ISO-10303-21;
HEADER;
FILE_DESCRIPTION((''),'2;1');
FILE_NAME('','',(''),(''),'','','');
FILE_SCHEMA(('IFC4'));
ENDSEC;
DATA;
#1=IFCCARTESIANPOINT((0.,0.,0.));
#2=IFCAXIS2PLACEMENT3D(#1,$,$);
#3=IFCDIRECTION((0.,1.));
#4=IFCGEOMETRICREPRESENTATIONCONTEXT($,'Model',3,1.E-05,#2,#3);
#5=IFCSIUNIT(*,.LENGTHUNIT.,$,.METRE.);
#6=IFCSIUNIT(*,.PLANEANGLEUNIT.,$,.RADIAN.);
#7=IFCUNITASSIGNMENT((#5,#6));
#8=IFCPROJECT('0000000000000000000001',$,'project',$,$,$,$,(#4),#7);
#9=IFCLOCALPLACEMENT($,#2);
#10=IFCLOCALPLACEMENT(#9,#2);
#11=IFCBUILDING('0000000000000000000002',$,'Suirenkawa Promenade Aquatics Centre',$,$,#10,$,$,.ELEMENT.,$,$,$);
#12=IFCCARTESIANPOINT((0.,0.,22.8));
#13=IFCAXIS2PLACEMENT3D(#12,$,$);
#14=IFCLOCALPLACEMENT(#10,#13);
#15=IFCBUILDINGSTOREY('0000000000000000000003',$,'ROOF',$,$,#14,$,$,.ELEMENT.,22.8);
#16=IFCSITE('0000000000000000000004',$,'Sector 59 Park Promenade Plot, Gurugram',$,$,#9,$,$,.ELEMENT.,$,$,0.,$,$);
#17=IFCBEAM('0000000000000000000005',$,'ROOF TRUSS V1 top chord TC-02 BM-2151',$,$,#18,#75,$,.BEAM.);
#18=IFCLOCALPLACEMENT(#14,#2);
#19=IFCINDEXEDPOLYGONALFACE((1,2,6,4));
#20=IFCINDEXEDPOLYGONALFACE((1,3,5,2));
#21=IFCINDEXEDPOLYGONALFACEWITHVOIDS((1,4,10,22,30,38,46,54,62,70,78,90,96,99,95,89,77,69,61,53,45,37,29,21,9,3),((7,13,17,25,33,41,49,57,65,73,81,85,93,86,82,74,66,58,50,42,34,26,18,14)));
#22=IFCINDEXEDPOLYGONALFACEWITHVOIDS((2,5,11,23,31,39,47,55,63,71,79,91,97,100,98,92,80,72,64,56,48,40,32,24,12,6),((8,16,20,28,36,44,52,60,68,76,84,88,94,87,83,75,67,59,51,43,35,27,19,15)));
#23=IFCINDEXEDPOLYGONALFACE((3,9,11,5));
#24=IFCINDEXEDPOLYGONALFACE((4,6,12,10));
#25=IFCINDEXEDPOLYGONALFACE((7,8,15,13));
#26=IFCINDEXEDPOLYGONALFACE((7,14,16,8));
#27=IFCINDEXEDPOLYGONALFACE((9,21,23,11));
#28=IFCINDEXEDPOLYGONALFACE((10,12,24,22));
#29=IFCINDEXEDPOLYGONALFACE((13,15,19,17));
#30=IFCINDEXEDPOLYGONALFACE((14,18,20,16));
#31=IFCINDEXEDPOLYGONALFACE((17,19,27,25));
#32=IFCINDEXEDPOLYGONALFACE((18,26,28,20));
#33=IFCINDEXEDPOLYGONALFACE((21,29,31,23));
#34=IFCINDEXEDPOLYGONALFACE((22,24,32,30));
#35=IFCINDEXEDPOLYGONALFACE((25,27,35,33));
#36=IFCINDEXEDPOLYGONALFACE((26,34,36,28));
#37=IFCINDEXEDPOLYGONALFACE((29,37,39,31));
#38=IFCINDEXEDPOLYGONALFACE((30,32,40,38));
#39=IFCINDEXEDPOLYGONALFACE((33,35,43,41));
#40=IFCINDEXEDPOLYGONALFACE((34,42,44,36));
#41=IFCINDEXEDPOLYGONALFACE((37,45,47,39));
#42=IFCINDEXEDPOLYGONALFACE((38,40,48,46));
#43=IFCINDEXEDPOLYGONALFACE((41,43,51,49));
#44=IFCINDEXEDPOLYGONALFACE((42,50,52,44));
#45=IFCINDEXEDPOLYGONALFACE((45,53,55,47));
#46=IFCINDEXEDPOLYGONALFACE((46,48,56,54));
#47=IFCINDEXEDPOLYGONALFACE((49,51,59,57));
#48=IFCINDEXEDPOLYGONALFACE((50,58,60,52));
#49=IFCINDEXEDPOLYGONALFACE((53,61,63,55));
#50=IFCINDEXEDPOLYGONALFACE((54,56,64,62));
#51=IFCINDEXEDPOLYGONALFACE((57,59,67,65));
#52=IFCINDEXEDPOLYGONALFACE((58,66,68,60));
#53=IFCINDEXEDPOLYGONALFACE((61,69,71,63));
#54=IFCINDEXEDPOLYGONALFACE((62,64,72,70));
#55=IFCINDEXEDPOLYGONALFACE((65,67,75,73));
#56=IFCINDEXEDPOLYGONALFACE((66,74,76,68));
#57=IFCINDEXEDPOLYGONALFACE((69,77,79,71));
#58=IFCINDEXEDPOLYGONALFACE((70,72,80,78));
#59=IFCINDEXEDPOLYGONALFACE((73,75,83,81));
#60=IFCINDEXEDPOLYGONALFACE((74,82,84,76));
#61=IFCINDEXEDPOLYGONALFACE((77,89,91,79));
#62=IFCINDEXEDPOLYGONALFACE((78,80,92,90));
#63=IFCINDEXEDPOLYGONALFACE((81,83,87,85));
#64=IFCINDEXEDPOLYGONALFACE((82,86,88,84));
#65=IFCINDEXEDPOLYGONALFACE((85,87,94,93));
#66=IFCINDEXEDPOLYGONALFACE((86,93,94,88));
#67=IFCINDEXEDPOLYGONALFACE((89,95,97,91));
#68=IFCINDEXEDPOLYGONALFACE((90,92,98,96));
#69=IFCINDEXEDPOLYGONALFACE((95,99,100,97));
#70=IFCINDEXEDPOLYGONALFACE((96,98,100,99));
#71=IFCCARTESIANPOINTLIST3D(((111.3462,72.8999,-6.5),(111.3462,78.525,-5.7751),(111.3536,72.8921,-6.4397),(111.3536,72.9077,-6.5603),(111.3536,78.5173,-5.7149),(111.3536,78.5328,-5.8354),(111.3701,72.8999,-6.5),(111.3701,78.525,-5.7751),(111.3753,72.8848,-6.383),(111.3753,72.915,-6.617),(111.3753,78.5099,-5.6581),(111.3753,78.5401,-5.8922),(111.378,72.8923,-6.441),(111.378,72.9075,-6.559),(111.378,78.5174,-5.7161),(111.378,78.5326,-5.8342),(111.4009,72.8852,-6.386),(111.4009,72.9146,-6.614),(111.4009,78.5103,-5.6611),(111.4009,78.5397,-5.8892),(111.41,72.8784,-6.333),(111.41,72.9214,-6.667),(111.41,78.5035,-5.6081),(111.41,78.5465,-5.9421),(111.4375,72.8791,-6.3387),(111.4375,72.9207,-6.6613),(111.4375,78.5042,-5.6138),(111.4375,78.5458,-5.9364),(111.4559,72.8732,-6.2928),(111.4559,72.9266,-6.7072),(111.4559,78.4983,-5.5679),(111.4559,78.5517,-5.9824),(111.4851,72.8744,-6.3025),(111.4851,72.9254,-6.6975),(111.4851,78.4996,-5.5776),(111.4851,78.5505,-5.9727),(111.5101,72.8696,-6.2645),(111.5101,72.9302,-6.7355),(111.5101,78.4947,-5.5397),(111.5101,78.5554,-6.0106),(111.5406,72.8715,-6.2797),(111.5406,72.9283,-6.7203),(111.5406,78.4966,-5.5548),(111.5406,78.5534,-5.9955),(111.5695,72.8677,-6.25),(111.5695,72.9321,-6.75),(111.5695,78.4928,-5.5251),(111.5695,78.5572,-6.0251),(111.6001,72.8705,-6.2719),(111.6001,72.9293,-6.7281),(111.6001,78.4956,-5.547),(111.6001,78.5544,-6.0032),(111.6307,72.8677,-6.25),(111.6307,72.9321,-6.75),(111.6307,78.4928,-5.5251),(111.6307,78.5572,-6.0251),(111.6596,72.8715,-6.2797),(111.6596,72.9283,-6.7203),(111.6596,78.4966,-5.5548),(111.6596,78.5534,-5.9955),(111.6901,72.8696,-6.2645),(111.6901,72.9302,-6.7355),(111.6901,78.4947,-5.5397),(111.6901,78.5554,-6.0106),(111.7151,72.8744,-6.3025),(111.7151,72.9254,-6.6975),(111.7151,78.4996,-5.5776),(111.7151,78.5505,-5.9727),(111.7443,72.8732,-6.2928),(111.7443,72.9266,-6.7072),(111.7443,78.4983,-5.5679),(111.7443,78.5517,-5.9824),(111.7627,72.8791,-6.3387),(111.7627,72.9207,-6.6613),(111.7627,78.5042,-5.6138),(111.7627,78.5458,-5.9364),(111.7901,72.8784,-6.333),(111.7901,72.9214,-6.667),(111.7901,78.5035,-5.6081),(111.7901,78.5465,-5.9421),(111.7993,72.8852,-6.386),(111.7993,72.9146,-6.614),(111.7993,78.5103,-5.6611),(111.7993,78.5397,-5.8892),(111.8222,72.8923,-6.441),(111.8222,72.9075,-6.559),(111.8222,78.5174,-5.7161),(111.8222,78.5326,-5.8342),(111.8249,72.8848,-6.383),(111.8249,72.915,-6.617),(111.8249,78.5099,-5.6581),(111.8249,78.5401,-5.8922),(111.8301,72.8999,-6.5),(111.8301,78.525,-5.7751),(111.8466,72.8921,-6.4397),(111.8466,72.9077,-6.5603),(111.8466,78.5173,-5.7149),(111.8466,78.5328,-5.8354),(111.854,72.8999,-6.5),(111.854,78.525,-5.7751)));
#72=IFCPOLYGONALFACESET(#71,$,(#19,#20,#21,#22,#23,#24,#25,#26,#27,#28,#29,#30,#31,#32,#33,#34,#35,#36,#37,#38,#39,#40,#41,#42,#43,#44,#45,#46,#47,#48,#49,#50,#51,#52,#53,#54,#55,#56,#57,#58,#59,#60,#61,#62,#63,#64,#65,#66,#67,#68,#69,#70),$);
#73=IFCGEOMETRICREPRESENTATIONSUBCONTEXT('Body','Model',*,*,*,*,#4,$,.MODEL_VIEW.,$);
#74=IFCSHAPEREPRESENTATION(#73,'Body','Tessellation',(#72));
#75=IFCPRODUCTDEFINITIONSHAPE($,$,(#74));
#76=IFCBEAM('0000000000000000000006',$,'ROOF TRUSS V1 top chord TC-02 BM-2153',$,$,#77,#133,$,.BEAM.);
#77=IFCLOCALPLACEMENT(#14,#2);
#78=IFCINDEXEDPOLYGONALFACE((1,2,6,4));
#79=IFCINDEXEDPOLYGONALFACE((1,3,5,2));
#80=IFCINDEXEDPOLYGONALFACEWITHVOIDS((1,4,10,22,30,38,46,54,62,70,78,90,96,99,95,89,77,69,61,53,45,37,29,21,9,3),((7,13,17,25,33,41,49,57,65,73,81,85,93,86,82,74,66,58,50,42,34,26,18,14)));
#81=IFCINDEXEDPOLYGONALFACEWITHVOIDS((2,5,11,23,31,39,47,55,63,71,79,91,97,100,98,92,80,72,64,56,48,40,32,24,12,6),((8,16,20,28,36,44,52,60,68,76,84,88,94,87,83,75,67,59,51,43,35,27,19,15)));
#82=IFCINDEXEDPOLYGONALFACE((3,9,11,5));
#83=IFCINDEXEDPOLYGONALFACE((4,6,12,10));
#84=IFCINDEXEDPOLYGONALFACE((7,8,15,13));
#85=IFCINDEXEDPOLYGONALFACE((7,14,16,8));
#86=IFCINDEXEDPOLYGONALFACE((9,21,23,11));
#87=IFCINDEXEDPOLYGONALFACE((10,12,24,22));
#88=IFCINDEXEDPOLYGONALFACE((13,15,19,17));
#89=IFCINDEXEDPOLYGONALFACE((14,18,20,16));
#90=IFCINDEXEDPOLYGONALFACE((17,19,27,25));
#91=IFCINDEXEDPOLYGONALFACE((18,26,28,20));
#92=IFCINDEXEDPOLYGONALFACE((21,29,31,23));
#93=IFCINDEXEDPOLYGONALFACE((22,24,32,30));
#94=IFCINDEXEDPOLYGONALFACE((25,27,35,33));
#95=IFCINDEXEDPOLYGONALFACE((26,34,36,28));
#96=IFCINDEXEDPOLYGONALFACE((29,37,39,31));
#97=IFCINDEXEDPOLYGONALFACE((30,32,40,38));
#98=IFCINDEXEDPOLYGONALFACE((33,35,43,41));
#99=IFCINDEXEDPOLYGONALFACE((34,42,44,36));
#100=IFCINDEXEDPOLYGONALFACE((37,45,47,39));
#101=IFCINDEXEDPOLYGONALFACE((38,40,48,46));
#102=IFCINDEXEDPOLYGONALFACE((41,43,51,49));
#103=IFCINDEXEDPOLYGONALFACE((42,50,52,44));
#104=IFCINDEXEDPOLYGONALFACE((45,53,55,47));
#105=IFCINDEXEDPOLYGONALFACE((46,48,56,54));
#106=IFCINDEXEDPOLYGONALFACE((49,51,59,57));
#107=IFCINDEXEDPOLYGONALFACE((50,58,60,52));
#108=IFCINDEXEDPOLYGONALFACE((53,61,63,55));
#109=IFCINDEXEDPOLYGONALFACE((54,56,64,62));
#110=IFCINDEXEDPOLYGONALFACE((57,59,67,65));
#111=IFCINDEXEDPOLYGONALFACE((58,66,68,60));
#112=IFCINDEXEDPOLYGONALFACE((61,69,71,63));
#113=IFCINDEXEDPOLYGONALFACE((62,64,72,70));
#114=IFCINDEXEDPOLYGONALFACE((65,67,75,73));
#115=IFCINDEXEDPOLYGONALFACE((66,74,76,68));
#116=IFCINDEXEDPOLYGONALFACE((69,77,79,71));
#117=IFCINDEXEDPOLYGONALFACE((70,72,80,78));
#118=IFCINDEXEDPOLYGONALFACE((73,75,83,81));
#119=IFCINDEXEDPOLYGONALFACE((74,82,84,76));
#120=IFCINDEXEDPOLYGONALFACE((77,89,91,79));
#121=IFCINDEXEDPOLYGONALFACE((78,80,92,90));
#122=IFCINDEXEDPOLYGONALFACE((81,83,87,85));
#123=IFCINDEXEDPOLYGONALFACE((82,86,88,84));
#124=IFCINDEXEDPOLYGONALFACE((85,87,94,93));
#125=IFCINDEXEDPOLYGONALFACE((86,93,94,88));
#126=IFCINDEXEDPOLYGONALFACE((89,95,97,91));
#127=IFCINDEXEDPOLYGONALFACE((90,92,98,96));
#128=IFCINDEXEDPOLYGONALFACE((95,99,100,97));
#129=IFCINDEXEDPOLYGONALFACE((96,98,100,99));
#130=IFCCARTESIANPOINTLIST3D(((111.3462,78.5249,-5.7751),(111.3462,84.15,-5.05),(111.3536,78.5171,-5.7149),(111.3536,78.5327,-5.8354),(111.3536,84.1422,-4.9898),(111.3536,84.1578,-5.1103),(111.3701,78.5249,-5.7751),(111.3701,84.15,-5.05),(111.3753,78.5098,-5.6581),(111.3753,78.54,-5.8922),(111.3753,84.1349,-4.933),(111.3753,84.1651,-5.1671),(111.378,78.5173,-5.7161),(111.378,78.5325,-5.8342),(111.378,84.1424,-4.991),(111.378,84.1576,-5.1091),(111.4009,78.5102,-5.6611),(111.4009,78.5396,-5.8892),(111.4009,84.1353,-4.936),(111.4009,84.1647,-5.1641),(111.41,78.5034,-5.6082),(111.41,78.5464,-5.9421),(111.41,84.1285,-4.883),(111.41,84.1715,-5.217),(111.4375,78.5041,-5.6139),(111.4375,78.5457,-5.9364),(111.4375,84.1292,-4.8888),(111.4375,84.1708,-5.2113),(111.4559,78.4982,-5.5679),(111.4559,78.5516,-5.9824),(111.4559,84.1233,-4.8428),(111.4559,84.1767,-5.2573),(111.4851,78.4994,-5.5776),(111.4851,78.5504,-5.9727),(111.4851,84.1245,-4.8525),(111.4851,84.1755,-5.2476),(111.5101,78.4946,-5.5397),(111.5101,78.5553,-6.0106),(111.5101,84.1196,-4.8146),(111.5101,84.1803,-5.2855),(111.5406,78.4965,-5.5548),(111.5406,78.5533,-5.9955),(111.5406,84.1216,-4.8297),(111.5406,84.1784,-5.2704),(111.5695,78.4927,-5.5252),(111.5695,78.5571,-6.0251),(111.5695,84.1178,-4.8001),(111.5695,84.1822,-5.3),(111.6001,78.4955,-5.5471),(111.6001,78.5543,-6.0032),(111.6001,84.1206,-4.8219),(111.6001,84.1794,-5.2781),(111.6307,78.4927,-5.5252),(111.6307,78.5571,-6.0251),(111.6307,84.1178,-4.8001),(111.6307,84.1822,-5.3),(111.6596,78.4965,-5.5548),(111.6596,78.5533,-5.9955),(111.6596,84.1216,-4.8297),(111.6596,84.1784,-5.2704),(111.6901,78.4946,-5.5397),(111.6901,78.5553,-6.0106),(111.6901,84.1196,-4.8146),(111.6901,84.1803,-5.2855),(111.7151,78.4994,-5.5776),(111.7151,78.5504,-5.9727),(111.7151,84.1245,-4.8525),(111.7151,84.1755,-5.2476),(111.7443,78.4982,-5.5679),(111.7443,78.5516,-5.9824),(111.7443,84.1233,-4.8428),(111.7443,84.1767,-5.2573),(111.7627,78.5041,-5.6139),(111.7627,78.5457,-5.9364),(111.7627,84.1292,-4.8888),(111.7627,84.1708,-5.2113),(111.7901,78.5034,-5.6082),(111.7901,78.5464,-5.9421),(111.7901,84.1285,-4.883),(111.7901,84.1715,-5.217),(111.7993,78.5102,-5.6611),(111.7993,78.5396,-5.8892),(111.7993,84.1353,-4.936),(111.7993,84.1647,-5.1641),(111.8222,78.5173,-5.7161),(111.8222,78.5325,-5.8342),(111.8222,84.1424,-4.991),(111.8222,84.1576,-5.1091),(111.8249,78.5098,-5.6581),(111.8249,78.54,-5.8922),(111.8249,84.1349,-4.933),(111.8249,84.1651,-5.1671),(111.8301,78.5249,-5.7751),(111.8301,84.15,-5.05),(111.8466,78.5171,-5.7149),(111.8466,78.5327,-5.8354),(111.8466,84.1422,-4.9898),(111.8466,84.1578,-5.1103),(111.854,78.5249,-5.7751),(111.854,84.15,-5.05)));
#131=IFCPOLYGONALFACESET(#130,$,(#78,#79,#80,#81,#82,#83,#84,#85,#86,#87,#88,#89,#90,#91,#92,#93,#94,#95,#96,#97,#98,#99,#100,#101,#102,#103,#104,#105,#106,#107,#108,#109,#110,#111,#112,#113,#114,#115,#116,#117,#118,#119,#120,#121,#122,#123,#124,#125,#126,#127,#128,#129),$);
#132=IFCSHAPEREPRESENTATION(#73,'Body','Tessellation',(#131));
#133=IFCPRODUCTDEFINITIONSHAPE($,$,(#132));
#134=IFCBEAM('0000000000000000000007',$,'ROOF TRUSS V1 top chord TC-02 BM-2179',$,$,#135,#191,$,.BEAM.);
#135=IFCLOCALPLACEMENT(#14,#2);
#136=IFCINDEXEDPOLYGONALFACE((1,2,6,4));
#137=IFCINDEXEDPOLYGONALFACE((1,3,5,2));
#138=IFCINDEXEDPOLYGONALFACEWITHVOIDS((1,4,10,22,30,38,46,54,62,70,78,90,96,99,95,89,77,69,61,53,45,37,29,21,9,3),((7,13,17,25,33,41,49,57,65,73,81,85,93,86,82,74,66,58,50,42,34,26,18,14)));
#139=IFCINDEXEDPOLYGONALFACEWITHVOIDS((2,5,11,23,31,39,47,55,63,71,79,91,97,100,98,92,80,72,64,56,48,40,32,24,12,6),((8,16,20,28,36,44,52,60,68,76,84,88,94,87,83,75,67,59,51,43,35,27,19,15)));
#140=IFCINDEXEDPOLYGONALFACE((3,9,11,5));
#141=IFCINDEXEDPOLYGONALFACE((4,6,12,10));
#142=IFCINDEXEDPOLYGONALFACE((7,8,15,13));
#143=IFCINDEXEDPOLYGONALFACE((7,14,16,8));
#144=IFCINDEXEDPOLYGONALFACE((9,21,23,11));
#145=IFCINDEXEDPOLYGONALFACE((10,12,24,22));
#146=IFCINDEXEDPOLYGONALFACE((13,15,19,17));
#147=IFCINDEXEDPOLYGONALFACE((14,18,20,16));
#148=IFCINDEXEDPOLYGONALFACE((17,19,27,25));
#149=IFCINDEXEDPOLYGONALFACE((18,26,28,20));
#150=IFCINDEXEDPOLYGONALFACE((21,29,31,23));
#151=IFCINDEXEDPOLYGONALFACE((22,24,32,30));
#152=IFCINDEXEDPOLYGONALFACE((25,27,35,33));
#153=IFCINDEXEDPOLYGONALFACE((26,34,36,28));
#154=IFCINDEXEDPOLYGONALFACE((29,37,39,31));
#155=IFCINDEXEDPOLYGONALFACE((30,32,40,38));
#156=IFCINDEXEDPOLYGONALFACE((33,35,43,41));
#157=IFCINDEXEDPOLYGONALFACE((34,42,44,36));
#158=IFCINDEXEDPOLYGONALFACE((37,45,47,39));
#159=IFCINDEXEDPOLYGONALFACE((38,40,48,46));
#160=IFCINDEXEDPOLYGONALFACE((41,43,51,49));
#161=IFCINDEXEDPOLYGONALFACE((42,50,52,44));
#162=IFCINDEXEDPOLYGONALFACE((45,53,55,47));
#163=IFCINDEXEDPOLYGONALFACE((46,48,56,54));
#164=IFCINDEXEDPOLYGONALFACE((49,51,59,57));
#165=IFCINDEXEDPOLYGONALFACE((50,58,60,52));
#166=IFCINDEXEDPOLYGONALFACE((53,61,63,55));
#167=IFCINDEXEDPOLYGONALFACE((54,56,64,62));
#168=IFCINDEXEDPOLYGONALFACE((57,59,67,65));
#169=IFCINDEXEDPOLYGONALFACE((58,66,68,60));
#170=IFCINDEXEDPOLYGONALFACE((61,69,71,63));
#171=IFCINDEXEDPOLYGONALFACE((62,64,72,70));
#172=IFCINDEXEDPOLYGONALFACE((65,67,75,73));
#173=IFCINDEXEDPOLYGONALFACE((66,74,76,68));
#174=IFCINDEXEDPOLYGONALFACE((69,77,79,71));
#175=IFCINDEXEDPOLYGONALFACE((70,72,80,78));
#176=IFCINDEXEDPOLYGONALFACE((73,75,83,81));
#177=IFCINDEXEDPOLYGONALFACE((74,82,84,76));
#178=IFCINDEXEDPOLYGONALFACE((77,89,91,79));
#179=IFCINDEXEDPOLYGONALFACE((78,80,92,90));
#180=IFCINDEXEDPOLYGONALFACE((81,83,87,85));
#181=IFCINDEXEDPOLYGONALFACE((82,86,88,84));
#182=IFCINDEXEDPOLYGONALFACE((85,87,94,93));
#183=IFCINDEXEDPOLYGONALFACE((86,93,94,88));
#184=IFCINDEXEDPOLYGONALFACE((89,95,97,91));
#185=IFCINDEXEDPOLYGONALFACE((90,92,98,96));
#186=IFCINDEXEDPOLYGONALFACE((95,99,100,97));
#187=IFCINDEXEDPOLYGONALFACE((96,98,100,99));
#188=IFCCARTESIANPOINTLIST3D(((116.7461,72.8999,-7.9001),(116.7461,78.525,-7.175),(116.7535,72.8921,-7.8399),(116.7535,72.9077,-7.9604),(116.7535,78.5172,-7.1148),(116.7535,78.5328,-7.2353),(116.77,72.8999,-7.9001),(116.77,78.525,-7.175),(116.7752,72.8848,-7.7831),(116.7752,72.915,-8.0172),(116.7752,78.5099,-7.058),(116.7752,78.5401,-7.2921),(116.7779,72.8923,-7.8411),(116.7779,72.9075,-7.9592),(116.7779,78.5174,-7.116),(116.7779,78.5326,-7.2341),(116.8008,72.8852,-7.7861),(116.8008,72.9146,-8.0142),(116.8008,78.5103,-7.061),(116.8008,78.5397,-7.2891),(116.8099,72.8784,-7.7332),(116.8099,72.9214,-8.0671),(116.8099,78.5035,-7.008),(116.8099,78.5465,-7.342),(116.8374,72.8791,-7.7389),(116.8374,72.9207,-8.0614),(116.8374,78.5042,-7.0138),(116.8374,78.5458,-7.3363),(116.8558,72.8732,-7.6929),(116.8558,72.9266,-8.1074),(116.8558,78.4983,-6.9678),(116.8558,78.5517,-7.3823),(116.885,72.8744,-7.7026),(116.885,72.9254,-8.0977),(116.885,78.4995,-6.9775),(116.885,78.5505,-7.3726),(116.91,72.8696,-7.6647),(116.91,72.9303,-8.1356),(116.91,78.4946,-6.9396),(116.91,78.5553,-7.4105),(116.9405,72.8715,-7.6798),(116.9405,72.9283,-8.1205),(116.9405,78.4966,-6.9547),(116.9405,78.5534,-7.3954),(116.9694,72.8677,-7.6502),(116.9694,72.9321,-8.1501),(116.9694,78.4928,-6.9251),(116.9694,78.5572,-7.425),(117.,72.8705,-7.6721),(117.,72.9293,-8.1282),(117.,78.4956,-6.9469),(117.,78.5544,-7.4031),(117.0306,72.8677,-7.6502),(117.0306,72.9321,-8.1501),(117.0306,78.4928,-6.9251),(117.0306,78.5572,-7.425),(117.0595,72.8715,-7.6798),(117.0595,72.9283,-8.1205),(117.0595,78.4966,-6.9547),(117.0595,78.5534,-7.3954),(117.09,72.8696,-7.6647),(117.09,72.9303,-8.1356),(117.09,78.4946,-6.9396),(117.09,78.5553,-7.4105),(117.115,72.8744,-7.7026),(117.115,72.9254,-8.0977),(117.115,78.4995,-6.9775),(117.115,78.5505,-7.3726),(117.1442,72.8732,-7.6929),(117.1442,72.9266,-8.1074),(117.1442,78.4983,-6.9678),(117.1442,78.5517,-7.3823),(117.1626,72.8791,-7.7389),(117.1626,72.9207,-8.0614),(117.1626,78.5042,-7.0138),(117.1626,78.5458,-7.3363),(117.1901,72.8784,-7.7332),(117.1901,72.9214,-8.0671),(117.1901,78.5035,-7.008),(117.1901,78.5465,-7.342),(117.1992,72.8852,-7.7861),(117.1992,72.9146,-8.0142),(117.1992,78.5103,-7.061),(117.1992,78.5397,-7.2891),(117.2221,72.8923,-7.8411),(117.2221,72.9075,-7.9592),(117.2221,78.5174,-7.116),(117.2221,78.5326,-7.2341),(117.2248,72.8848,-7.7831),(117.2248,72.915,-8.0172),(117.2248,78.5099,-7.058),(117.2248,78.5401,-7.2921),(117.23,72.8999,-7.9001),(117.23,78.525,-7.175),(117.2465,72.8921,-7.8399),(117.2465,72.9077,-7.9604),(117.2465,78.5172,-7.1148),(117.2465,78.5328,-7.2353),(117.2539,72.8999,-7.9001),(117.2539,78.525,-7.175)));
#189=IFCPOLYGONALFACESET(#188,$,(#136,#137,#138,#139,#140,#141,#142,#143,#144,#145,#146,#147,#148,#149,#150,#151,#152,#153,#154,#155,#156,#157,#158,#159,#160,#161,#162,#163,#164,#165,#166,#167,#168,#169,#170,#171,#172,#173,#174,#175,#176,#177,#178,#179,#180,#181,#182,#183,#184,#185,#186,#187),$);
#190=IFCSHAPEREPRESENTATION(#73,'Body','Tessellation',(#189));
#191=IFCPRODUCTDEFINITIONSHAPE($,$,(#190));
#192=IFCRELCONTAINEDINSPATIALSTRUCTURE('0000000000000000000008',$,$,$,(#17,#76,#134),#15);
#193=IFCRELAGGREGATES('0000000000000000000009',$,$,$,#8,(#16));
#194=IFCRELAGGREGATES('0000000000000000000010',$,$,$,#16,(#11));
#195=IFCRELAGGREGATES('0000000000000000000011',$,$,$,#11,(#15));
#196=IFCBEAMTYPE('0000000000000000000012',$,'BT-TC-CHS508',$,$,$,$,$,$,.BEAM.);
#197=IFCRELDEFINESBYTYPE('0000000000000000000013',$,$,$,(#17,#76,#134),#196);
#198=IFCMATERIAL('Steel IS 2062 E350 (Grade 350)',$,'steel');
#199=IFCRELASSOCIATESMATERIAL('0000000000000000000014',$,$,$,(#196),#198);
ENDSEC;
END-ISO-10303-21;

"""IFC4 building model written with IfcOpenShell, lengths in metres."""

from ifc_helpers import new_model, si_unit, direction, frame, origin, origin_2d, place, context, subcontext, project, spatial, hollow_circle, extrude, material, material_profile, profile_set, type_object, element, save


model = new_model("IFC4")

# Units and contexts
model_context = context("Model", 3, precision=1e-05, world=origin(), true_north=direction((0.0, 1.0)))
body_context = subcontext(model_context, "Body", "Model", "MODEL_VIEW")
ifc_project = project(units=[si_unit("LENGTHUNIT", "METRE"), si_unit("PLANEANGLEUNIT", "RADIAN")], contexts=[model_context])

# Site, building, storey
site_placement = place(None, origin())
site = spatial("IfcSite", under=ifc_project, at=site_placement, Name="Sector 59 Park Promenade Plot, Gurugram", CompositionType="ELEMENT", RefElevation=0.0)
building_placement = place(site_placement, origin())
building = spatial("IfcBuilding", under=site, at=building_placement, Name="Suirenkawa Promenade Aquatics Centre", CompositionType="ELEMENT")
storey_placement = place(building_placement, frame((0.0, 0.0, 22.8)))
storey = spatial("IfcBuildingStorey", under=building, at=storey_placement, Name="ROOF", CompositionType="ELEMENT", Elevation=22.8)

# Beams
ifc_material = material(Name="Steel IS 2062 E350 (Grade 350)", Category="steel")
ifc_material_profile_1 = material_profile(ifc_material, hollow_circle(Radius=0.2539, WallThickness=0.0239, at=origin_2d()), Name="CHS 508x24", Category="steel")
ifc_profile_set_1 = profile_set([ifc_material_profile_1], Name="Steel IS 2062 E350 (Grade 350)")
beam_type_1 = type_object("IfcBeamType", Name="BT-TC-CHS508", PredefinedType="BEAM", material=ifc_profile_set_1)
for number, where, z_axis, x_axis, name in (
    (1, (111.6001, 72.8999, -6.5), (0.0, 0.991799, 0.127806), (-1.0, 0.0, 0.0), "ROOF TRUSS V1 top chord TC-02 BM-2151"),
    (2, (111.6001, 78.5249, -5.7751), (0.0, 0.991794, 0.127848), (-1.0, 0.0, 0.0), "ROOF TRUSS V1 top chord TC-02 BM-2153"),
    (3, (117.0, 72.8999, -7.9001), (0.0, 0.991794, 0.127848), (-1.0, 0.0, 0.0), "ROOF TRUSS V1 top chord TC-02 BM-2179"),
):
    element("IfcBeam", number, at=place(storey_placement, frame(where, z_axis=z_axis, x_axis=x_axis)), inside=storey, type_object=beam_type_1, Name=name, PredefinedType="BEAM", context=body_context, shape_type="SweptSolid", body=[
        extrude(hollow_circle(Radius=0.2539, WallThickness=0.0239, at=origin_2d()), origin(), (0.0, 0.0, 1.0), 5.6716),
    ])

save(model, "model.ifc")
